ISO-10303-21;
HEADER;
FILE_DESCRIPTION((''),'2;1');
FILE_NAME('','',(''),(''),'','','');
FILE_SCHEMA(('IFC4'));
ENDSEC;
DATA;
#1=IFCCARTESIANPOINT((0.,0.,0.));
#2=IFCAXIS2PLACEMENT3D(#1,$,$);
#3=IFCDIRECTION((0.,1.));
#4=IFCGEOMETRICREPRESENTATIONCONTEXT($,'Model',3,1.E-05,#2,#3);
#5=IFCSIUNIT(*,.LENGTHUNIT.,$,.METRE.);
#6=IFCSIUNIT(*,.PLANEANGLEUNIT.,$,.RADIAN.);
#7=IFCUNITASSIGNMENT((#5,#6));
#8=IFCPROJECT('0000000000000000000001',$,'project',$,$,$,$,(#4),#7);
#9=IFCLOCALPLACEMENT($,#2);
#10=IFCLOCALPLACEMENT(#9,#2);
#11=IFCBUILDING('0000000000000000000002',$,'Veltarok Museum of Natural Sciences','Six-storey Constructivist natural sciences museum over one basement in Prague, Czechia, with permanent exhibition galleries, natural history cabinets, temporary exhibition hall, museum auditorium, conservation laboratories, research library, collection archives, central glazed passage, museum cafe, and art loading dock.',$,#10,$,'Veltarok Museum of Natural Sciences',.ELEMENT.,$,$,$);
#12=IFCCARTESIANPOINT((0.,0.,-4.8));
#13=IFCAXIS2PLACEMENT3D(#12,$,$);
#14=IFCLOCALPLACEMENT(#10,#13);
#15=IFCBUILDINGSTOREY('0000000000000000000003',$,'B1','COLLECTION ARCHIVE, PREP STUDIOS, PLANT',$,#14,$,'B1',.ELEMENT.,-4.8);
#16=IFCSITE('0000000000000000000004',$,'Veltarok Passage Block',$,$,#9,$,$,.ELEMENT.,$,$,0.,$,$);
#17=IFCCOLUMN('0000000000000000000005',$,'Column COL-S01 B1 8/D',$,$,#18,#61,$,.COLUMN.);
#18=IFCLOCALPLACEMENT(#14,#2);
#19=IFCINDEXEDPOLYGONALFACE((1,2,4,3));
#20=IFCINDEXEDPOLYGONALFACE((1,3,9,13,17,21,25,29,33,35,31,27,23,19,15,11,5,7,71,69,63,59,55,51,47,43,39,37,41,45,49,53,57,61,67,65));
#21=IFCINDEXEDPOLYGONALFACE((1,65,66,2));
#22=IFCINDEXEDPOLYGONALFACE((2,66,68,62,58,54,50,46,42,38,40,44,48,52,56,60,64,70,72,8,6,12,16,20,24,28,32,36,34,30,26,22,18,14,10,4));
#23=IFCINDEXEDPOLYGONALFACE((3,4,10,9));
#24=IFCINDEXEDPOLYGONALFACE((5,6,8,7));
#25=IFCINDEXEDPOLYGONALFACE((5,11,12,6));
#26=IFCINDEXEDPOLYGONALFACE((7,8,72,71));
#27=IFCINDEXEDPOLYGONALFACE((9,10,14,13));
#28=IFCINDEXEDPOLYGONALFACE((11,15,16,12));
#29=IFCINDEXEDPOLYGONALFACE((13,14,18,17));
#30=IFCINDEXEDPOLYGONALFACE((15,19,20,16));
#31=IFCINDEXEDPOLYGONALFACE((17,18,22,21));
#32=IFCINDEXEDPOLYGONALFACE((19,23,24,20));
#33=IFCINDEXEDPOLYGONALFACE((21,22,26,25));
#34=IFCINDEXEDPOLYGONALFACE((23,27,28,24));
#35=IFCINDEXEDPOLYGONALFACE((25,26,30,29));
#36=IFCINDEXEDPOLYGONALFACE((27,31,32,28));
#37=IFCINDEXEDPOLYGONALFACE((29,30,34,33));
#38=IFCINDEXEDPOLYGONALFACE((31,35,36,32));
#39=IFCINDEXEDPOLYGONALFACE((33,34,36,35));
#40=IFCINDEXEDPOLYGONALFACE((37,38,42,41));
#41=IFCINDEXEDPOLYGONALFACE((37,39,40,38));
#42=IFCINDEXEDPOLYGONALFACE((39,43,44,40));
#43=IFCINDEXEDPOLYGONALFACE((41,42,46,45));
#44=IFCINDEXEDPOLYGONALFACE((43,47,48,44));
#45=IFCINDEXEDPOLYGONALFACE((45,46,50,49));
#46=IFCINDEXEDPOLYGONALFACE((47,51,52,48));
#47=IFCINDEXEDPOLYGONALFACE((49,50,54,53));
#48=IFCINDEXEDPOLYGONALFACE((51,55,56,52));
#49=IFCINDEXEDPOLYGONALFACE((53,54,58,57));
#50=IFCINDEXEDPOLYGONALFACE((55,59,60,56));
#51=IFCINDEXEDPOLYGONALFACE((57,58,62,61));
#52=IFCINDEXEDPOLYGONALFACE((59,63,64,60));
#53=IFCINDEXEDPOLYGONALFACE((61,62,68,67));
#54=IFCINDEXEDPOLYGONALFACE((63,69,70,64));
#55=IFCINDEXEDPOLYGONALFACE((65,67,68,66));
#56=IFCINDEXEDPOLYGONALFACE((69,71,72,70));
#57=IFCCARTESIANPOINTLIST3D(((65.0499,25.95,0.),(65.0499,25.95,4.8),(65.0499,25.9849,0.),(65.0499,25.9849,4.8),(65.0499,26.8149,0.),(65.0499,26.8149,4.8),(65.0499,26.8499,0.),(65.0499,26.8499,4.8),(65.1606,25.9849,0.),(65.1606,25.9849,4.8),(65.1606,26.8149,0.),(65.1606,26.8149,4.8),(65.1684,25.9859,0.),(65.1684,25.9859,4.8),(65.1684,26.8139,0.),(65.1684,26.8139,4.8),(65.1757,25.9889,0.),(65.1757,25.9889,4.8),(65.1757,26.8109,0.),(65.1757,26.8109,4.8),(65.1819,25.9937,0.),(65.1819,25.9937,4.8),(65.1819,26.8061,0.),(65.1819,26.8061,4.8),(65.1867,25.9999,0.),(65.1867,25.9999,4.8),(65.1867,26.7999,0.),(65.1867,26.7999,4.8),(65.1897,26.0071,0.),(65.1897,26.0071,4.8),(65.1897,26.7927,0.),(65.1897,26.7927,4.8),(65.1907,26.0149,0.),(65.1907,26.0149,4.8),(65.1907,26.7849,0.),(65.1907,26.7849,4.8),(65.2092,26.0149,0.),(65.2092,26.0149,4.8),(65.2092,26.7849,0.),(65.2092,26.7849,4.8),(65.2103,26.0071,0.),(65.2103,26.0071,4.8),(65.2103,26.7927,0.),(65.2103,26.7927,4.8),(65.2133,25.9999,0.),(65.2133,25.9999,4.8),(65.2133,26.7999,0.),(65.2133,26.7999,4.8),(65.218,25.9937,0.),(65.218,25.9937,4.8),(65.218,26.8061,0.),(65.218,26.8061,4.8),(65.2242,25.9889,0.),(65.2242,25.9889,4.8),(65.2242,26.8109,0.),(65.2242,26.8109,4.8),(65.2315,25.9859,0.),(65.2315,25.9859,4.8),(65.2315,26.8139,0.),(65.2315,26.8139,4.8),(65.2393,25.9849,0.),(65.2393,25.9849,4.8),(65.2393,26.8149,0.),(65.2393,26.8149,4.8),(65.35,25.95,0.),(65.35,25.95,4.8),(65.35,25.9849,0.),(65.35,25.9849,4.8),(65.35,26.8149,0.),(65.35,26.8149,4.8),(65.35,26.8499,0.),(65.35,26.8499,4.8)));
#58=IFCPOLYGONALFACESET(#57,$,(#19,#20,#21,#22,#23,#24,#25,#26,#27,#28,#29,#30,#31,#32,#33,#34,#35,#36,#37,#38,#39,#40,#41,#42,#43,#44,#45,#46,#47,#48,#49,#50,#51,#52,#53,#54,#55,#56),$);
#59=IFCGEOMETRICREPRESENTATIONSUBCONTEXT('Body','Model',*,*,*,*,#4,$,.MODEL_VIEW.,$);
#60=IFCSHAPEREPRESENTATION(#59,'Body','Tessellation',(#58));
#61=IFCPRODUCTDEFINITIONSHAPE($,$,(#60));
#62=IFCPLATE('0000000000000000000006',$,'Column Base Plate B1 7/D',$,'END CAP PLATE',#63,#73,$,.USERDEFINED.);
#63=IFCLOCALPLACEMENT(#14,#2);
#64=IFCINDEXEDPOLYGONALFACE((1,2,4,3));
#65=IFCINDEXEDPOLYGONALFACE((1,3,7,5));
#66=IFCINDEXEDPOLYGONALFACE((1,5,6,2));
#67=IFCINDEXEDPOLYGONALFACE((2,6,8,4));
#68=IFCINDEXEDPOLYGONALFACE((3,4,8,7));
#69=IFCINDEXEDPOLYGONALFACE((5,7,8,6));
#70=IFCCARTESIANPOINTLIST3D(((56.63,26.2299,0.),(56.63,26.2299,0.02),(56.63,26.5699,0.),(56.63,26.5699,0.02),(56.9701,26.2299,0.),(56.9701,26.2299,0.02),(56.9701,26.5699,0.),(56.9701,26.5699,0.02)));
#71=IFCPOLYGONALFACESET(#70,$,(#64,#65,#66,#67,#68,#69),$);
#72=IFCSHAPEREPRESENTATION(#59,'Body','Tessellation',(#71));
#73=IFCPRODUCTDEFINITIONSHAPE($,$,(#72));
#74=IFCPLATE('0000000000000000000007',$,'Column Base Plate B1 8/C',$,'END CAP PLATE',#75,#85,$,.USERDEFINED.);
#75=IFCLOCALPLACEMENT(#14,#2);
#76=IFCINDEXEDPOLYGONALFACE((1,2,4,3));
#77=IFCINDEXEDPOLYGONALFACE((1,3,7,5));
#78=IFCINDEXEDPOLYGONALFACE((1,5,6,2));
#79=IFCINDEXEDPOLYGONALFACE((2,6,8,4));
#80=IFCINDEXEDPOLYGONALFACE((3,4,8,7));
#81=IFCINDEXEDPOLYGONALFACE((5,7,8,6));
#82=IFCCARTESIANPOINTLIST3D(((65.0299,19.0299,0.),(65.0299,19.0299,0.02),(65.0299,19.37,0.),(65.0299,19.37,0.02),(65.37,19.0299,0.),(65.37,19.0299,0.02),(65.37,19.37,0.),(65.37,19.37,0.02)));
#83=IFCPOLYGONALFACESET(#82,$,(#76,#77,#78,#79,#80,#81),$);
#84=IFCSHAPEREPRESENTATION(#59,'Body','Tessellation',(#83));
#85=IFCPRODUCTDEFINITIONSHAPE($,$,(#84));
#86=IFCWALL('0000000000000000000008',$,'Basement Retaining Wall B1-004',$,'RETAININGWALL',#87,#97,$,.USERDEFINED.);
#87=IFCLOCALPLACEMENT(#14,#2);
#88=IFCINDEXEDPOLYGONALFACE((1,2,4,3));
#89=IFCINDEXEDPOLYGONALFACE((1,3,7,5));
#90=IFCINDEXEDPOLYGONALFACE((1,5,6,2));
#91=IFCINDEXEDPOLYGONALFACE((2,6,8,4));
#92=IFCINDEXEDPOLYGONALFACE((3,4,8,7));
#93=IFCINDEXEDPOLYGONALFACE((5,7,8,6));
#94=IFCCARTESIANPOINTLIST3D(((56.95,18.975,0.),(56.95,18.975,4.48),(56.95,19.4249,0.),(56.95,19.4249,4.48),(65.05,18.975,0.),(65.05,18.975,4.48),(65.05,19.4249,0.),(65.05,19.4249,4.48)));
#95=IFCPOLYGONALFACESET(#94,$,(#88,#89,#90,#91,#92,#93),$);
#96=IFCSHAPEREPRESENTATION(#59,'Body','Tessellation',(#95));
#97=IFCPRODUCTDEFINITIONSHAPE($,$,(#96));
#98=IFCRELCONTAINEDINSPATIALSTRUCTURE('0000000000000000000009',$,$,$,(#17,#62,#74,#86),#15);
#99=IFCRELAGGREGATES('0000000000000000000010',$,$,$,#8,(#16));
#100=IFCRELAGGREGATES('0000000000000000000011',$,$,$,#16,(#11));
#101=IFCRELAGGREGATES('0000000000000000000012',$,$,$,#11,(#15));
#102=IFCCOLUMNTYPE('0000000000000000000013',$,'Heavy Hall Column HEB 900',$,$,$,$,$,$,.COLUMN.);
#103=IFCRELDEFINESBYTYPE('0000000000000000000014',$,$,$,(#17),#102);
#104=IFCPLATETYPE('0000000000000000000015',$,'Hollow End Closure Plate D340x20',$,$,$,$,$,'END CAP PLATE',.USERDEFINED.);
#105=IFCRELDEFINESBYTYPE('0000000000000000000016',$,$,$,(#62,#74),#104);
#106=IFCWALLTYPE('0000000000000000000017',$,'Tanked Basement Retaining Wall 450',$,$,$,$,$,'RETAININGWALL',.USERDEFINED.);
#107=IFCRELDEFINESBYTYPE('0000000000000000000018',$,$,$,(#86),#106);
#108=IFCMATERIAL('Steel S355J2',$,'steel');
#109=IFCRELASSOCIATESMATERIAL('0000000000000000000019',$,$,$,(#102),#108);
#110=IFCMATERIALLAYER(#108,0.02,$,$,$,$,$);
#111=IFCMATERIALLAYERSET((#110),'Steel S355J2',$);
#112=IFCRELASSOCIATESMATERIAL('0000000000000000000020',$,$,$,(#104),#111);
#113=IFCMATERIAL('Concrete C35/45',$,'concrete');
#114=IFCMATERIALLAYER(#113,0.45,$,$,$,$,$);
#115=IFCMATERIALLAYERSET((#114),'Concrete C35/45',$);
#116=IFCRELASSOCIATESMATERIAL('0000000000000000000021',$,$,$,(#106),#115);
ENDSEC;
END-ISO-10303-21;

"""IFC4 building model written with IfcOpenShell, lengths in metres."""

from ifc_helpers import new_model, si_unit, direction, frame, frame_2d, origin, origin_2d, place, context, subcontext, project, spatial, rectangle, i_section, extrude, material, layer, layer_set, material_profile, profile_set, type_object, element, save


model = new_model("IFC4")

# Units and contexts
model_context = context("Model", 3, precision=1e-05, world=origin(), true_north=direction((0.0, 1.0)))
body_context = subcontext(model_context, "Body", "Model", "MODEL_VIEW")
ifc_project = project(units=[si_unit("LENGTHUNIT", "METRE"), si_unit("PLANEANGLEUNIT", "RADIAN")], contexts=[model_context])

# Site, building, storey
site_placement = place(None, origin())
site = spatial("IfcSite", under=ifc_project, at=site_placement, Name="Veltarok Passage Block", CompositionType="ELEMENT", RefElevation=0.0)
building_placement = place(site_placement, origin())
building = spatial("IfcBuilding", under=site, at=building_placement, Name="Veltarok Museum of Natural Sciences", Description="Six-storey Constructivist natural sciences museum over one basement in Prague, Czechia, with permanent exhibition galleries, natural history cabinets, temporary exhibition hall, museum auditorium, conservation laboratories, research library, collection archives, central glazed passage, museum cafe, and art loading dock.", LongName="Veltarok Museum of Natural Sciences", CompositionType="ELEMENT")
storey_placement = place(building_placement, frame((0.0, 0.0, -4.8)))
storey = spatial("IfcBuildingStorey", under=building, at=storey_placement, Name="B1", Description="COLLECTION ARCHIVE, PREP STUDIOS, PLANT", LongName="B1", CompositionType="ELEMENT", Elevation=-4.8)

# Shared definitions
ifc_material_1 = material(Name="Concrete C35/45", Category="concrete")

# Column
ifc_material_2 = material(Name="Steel S355J2", Category="steel")
ifc_material_profile_1 = material_profile(ifc_material_2, i_section(OverallWidth=0.3, OverallDepth=0.8999, WebThickness=0.0186, FlangeThickness=0.0349, FilletRadius=0.03, at=origin_2d()), Name="HEB 900")
ifc_profile_set_1 = profile_set([ifc_material_profile_1], Name="Steel S355J2")
column_type = type_object("IfcColumnType", Name="Heavy Hall Column HEB 900", PredefinedType="COLUMN", material=ifc_profile_set_1)
for number, where, z_axis, x_axis, name in (
    (1, (65.2, 26.3999, 0.0), (0.0, 0.0, 1.0), (1.0, 0.0, 0.0), "Column COL-S01 B1 8/D"),
):
    element("IfcColumn", number, at=place(storey_placement, frame(where, z_axis=z_axis, x_axis=x_axis)), inside=storey, type_object=column_type, Name=name, PredefinedType="COLUMN", context=body_context, shape_type="SweptSolid", body=[
        extrude(i_section(OverallWidth=0.3, OverallDepth=0.8999, WebThickness=0.0186, FlangeThickness=0.0349, FilletRadius=0.03, at=origin_2d()), origin(), (0.0, 0.0, 1.0), 4.8),
    ])

# Plates
ifc_layer_1 = layer(ifc_material_2, 0.02)
ifc_layer_set_1 = layer_set([ifc_layer_1], Name="Steel S355J2")
plate_type = type_object("IfcPlateType", Name="Hollow End Closure Plate D340x20", ElementType="END CAP PLATE", PredefinedType="USERDEFINED", material=ifc_layer_set_1)
for number, where, z_axis, x_axis, name in (
    (2, (56.8, 26.3999, 0.0), (0.0, 0.0, 1.0), (1.0, 0.0, 0.0), "Column Base Plate B1 7/D"),
    (3, (65.2, 19.2, 0.0), (0.0, 0.0, 1.0), (1.0, 0.0, 0.0), "Column Base Plate B1 8/C"),
):
    element("IfcPlate", number, at=place(storey_placement, frame(where, z_axis=z_axis, x_axis=x_axis)), inside=storey, type_object=plate_type, Name=name, ObjectType="END CAP PLATE", PredefinedType="USERDEFINED", context=body_context, shape_type="SweptSolid", body=[
        extrude(rectangle(XDim=0.3401, YDim=0.3401, at=origin_2d()), origin(), (0.0, 0.0, 1.0), 0.02),
    ])

# Wall
ifc_layer_2 = layer(ifc_material_1, 0.45)
ifc_layer_set_2 = layer_set([ifc_layer_2], Name="Concrete C35/45")
wall_type = type_object("IfcWallType", Name="Tanked Basement Retaining Wall 450", ElementType="RETAININGWALL", PredefinedType="USERDEFINED", material=ifc_layer_set_2)
wall_placement = place(storey_placement, frame((56.95, 19.2, 0.0), z_axis=(0.0, 0.0, 1.0), x_axis=(1.0, 0.0, 0.0)))
element("IfcWall", 4, at=wall_placement, inside=storey, type_object=wall_type, Name="Basement Retaining Wall B1-004", ObjectType="RETAININGWALL", PredefinedType="USERDEFINED", context=body_context, shape_type="SweptSolid", body=[
    extrude(rectangle(XDim=8.1001, YDim=0.45, at=frame_2d((4.05, 0.0))), origin(), (0.0, 0.0, 1.0), 4.48),
])

save(model, "model.ifc")
